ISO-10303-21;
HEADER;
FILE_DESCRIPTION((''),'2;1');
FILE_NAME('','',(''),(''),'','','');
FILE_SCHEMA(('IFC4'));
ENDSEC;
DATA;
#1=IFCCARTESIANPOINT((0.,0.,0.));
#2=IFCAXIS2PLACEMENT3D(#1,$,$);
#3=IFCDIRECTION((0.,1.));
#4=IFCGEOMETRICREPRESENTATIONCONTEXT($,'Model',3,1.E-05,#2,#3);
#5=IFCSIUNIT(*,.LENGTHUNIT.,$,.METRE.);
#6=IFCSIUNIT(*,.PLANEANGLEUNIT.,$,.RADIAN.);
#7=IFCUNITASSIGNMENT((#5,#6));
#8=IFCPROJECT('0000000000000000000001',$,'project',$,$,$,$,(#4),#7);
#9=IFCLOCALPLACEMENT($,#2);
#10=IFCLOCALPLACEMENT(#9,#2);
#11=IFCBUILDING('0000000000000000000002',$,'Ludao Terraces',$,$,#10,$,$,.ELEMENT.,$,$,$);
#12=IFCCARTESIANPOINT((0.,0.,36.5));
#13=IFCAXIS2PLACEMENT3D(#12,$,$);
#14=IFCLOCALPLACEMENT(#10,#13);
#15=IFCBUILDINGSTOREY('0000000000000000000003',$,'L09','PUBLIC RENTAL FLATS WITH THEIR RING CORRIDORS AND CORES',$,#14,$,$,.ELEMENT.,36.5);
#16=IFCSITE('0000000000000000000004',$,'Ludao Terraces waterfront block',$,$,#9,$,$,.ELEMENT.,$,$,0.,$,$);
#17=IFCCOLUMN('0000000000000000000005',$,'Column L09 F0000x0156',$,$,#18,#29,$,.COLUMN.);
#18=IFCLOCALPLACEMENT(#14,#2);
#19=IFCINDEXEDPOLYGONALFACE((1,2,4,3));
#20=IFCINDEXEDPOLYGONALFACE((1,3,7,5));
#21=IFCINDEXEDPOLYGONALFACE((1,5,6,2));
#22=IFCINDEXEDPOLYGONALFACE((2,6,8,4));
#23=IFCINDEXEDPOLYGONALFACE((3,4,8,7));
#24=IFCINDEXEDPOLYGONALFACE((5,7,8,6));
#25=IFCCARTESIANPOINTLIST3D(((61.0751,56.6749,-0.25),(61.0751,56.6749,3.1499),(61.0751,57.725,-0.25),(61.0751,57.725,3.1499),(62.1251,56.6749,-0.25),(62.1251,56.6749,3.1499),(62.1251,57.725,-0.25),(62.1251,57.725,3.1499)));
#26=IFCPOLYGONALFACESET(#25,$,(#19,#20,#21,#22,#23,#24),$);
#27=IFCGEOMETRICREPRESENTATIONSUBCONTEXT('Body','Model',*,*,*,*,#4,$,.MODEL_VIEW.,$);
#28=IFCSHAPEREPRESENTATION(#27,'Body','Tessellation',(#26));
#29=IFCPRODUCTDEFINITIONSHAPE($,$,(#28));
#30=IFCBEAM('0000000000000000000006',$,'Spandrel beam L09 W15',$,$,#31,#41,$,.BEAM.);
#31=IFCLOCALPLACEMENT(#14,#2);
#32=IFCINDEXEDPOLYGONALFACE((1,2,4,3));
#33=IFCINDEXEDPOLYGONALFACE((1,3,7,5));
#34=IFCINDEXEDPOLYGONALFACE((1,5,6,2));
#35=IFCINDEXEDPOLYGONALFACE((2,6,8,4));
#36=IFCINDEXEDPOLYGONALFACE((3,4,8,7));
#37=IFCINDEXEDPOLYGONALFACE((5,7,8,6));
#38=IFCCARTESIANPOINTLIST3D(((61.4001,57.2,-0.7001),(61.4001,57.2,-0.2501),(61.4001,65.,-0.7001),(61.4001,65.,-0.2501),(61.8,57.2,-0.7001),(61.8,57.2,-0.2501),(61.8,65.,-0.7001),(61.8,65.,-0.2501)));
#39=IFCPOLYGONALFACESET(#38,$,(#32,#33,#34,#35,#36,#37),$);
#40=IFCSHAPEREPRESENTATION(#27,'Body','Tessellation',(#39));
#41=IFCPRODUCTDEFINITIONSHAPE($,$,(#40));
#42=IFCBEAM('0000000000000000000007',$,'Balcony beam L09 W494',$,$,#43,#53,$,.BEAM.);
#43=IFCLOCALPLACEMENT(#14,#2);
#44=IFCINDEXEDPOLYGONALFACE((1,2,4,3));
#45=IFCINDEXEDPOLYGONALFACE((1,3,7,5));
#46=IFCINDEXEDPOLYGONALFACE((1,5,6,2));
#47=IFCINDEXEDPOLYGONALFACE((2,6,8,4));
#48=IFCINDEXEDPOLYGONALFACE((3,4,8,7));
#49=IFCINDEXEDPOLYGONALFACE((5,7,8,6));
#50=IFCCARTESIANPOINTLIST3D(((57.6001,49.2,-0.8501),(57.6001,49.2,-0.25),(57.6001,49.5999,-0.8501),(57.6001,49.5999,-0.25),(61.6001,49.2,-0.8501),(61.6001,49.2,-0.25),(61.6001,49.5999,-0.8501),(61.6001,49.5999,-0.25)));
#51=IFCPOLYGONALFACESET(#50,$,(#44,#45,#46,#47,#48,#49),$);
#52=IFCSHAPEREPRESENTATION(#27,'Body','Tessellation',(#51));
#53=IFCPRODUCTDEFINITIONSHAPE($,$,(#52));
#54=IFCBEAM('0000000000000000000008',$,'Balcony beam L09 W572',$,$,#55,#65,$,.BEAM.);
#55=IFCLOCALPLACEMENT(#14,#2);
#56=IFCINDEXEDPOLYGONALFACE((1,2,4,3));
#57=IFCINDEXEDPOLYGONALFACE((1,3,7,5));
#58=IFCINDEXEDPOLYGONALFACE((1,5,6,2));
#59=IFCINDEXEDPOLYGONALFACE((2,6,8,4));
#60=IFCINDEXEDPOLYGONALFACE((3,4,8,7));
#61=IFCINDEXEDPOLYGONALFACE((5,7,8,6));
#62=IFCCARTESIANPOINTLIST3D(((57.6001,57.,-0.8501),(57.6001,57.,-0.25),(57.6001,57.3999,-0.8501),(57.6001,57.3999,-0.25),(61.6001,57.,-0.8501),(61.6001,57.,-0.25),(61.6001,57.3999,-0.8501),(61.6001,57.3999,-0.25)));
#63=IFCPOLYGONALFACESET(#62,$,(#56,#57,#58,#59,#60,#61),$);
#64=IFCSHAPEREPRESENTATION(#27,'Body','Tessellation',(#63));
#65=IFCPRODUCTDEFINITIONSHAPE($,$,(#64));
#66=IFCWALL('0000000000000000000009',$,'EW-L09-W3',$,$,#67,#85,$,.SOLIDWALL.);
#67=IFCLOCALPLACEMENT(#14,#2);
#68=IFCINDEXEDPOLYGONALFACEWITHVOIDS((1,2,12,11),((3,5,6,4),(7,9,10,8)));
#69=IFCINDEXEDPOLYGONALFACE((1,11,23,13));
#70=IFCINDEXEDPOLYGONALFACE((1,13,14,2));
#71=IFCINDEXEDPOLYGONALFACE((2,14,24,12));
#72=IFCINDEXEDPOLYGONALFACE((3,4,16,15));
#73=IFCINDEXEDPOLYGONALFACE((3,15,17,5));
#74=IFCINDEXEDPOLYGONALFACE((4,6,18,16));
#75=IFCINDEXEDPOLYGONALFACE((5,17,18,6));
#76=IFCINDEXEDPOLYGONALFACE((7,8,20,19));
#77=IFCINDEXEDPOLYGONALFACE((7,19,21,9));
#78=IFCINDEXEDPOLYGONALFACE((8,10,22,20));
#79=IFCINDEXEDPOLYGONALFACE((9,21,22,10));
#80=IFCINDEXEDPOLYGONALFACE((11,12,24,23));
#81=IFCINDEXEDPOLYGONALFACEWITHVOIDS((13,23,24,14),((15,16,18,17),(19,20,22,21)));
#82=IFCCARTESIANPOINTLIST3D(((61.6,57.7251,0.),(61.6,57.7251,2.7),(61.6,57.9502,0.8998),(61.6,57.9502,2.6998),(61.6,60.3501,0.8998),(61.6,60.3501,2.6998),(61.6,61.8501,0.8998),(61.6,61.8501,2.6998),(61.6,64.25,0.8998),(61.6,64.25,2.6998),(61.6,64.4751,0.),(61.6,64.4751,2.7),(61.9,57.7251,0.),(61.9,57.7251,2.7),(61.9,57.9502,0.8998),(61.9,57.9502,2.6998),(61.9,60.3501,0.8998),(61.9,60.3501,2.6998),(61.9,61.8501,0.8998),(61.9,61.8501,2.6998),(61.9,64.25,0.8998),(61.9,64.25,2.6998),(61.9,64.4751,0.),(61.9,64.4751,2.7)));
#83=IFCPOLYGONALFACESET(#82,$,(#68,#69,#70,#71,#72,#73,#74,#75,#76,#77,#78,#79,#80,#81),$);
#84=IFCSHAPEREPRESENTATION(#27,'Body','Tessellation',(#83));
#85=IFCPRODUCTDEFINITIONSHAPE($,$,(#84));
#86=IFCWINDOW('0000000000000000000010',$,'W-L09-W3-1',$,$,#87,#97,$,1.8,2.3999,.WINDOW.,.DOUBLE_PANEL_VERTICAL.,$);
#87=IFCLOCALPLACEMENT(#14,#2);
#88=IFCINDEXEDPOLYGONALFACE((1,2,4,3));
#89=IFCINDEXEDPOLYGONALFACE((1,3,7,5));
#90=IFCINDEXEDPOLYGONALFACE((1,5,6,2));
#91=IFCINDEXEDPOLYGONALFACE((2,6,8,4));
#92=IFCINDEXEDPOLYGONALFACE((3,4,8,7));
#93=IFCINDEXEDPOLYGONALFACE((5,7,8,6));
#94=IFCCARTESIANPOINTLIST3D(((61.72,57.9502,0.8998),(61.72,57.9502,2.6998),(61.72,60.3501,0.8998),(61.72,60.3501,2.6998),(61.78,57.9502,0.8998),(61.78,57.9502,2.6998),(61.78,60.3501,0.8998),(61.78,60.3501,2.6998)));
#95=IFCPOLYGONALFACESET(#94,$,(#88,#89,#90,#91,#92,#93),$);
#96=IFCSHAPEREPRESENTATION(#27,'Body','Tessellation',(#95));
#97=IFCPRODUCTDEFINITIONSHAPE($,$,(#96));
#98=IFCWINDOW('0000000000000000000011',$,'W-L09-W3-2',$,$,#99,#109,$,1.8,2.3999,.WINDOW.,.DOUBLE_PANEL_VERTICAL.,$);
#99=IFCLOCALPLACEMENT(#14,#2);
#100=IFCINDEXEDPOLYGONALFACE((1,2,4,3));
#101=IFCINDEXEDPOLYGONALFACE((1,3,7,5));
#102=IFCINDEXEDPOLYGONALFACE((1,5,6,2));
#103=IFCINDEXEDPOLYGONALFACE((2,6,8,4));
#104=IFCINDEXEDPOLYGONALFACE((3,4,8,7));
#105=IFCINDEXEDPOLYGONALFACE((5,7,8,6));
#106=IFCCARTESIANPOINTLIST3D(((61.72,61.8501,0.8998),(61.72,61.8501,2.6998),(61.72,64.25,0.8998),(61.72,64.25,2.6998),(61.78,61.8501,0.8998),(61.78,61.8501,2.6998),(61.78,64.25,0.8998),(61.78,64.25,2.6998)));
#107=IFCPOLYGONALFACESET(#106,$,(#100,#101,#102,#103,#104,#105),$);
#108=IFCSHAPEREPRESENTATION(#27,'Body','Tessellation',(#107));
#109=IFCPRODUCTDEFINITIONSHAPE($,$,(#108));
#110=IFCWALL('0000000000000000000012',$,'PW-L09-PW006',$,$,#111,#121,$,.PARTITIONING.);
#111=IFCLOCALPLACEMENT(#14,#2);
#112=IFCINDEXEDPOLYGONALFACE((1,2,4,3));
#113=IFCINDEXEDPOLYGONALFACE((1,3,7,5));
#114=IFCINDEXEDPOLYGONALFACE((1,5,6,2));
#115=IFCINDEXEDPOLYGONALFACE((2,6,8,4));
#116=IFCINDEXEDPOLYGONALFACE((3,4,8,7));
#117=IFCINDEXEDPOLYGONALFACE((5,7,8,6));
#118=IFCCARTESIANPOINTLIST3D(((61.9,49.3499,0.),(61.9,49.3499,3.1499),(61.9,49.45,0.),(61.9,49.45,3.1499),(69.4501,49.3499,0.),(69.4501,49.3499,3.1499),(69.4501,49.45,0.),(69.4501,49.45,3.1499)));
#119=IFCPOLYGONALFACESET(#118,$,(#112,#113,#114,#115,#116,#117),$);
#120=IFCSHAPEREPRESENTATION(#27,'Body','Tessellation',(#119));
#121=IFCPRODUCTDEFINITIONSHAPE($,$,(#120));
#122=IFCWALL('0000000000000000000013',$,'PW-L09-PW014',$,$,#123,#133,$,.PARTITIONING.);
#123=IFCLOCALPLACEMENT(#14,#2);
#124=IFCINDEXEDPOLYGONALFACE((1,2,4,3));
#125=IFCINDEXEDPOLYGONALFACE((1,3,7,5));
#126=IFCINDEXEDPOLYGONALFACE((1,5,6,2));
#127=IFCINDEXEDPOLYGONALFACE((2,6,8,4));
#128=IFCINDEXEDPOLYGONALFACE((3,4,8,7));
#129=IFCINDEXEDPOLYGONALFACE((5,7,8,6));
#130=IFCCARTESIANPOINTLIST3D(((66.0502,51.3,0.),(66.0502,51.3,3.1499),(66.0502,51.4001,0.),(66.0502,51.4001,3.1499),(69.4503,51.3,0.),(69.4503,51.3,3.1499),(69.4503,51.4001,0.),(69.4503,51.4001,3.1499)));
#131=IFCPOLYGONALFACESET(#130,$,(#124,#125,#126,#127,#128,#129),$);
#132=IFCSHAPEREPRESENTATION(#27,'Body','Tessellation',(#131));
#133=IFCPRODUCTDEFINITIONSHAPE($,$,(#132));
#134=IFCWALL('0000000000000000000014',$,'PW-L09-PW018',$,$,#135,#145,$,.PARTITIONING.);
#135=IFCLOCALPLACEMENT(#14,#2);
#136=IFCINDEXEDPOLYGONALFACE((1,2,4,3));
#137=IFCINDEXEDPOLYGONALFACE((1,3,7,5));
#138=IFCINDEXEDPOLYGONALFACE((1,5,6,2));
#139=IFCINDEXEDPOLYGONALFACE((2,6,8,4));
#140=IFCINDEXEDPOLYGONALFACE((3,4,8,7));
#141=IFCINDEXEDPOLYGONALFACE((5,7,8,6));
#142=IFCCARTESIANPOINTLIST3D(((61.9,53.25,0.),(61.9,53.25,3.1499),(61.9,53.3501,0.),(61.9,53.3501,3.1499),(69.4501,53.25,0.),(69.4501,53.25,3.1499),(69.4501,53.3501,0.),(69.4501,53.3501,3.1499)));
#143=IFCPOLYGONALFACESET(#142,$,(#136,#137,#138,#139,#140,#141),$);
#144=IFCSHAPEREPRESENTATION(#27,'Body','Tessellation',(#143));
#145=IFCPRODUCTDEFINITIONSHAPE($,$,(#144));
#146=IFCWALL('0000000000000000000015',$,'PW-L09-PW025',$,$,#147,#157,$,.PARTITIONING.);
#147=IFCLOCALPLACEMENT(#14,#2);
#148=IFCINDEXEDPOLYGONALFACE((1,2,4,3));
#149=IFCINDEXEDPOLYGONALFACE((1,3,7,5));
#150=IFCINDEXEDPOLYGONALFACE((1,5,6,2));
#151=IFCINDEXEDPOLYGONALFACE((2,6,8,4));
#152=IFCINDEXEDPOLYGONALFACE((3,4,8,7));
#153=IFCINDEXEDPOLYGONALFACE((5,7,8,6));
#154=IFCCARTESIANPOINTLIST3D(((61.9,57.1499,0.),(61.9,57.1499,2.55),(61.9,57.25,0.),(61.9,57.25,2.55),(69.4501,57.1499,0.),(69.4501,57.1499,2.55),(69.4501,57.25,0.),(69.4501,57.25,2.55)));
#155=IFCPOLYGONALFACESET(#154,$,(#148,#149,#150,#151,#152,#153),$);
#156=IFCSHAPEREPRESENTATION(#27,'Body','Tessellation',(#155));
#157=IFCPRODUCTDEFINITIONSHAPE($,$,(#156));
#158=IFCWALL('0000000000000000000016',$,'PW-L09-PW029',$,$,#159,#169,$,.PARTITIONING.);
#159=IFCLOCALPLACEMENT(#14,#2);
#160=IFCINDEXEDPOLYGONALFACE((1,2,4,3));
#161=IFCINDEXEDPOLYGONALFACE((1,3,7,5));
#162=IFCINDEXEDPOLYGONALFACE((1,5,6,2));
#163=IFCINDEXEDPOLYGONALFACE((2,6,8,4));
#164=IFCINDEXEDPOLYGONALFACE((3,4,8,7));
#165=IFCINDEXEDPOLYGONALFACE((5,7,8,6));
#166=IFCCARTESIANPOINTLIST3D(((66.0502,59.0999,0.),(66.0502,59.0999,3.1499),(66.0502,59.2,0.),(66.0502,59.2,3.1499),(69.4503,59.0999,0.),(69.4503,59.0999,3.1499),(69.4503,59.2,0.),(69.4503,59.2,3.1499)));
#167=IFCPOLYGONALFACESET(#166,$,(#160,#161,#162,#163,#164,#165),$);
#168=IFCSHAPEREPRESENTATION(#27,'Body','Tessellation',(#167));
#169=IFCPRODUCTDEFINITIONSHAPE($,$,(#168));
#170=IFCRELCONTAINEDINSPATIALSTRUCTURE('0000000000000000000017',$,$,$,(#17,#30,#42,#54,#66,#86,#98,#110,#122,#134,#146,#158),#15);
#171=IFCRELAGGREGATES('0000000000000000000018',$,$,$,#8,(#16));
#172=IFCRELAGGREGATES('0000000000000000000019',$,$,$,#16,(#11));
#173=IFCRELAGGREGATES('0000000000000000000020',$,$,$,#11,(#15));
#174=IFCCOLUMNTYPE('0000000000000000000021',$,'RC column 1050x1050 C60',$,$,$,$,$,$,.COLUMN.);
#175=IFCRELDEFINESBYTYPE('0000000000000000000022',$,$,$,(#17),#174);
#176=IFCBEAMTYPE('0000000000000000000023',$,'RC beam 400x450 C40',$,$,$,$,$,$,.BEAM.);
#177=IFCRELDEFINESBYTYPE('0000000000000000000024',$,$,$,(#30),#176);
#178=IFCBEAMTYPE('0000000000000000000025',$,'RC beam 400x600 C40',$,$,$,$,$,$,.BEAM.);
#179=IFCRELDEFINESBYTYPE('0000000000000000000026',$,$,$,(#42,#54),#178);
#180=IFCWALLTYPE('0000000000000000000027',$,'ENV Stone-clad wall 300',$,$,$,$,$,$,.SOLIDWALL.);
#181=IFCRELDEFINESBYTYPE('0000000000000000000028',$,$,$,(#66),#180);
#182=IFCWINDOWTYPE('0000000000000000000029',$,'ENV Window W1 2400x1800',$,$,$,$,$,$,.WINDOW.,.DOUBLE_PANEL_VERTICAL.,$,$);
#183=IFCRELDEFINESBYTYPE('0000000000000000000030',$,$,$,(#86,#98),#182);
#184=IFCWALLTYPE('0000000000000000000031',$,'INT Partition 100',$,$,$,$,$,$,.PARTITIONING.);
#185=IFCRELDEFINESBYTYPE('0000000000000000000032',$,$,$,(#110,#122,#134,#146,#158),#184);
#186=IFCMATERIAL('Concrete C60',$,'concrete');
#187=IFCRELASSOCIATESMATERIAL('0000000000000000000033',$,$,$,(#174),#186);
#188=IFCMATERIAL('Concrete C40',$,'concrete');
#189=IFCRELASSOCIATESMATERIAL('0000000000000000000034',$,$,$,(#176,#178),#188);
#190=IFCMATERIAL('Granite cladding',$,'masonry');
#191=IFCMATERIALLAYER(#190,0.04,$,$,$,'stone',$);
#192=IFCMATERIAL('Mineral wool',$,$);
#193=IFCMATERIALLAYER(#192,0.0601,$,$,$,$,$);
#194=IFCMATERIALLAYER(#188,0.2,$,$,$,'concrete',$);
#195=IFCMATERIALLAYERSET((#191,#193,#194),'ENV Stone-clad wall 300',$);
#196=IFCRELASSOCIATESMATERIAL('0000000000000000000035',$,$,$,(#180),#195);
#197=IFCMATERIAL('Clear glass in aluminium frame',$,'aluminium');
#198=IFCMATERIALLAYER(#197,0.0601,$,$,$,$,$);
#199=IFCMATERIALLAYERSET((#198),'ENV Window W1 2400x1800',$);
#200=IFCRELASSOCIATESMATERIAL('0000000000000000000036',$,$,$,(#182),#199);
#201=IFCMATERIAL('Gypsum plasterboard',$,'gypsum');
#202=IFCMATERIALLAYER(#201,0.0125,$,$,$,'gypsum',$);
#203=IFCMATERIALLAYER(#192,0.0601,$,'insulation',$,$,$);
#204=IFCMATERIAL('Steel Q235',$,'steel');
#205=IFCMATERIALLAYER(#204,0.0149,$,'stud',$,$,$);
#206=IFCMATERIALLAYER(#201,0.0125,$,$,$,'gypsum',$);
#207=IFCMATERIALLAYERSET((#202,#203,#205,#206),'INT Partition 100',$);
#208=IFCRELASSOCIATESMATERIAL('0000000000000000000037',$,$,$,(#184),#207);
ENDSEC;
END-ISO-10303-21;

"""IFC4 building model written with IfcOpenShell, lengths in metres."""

from ifc_helpers import new_model, si_unit, direction, frame, frame_2d, origin, origin_2d, place, context, subcontext, project, spatial, rectangle, extrude, material, layer, layer_set, material_profile, profile_set, type_object, element, fill, save


model = new_model("IFC4")

# Units and contexts
model_context = context("Model", 3, precision=1e-05, world=origin(), true_north=direction((0.0, 1.0)))
body_context = subcontext(model_context, "Body", "Model", "MODEL_VIEW")
ifc_project = project(units=[si_unit("LENGTHUNIT", "METRE"), si_unit("PLANEANGLEUNIT", "RADIAN")], contexts=[model_context])

# Site, building, storey
site_placement = place(None, origin())
site = spatial("IfcSite", under=ifc_project, at=site_placement, Name="Ludao Terraces waterfront block", CompositionType="ELEMENT", RefElevation=0.0)
building_placement = place(site_placement, origin())
building = spatial("IfcBuilding", under=site, at=building_placement, Name="Ludao Terraces", CompositionType="ELEMENT")
storey_placement = place(building_placement, frame((0.0, 0.0, 36.5)))
storey = spatial("IfcBuildingStorey", under=building, at=storey_placement, Name="L09", Description="PUBLIC RENTAL FLATS WITH THEIR RING CORRIDORS AND CORES", CompositionType="ELEMENT", Elevation=36.5)

# Column
ifc_material_1 = material(Name="Concrete C60", Category="concrete")
ifc_material_profile_1 = material_profile(ifc_material_1, rectangle(XDim=1.05, YDim=1.05, at=origin_2d()), Name="1050 X 1050")
ifc_profile_set_1 = profile_set([ifc_material_profile_1], Name="Concrete C60")
column_type = type_object("IfcColumnType", Name="RC column 1050x1050 C60", PredefinedType="COLUMN", material=ifc_profile_set_1)
column_placement = place(storey_placement, frame((61.6001, 57.2, -0.25), z_axis=(0.0, 0.0, 1.0), x_axis=(1.0, 0.0, 0.0)))
element("IfcColumn", 1, at=column_placement, inside=storey, type_object=column_type, Name="Column L09 F0000x0156", PredefinedType="COLUMN", context=body_context, shape_type="SweptSolid", body=[
    extrude(rectangle(XDim=1.05, YDim=1.05, at=origin_2d()), origin(), (0.0, 0.0, 1.0), 3.3999),
])

# Beams
ifc_material_2 = material(Name="Concrete C40", Category="concrete")
ifc_material_profile_2 = material_profile(ifc_material_2, rectangle(XDim=0.3999, YDim=0.45, at=origin_2d()), Name="400 X 450")
ifc_profile_set_2 = profile_set([ifc_material_profile_2], Name="Concrete C40")
beam_type_1 = type_object("IfcBeamType", Name="RC beam 400x450 C40", PredefinedType="BEAM", material=ifc_profile_set_2)
beam_placement = place(storey_placement, frame((61.6001, 57.2, -0.4751), z_axis=(0.0, 1.0, 0.0), x_axis=(-1.0, 0.0, 0.0)))
element("IfcBeam", 2, at=beam_placement, inside=storey, type_object=beam_type_1, Name="Spandrel beam L09 W15", PredefinedType="BEAM", context=body_context, shape_type="SweptSolid", body=[
    extrude(rectangle(XDim=0.3999, YDim=0.45, at=origin_2d()), origin(), (0.0, 0.0, 1.0), 7.8),
])
ifc_material_profile_3 = material_profile(ifc_material_2, rectangle(XDim=0.3999, YDim=0.6001, at=origin_2d()), Name="400 X 600")
ifc_profile_set_3 = profile_set([ifc_material_profile_3], Name="Concrete C40")
beam_type_2 = type_object("IfcBeamType", Name="RC beam 400x600 C40", PredefinedType="BEAM", material=ifc_profile_set_3)
for number, where, z_axis, x_axis, name in (
    (3, (61.6001, 49.3999, -0.55), (-1.0, 0.0, 0.0), (0.0, -1.0, 0.0), "Balcony beam L09 W494"),
    (4, (61.6001, 57.2, -0.55), (-1.0, 0.0, 0.0), (0.0, -1.0, 0.0), "Balcony beam L09 W572"),
):
    element("IfcBeam", number, at=place(storey_placement, frame(where, z_axis=z_axis, x_axis=x_axis)), inside=storey, type_object=beam_type_2, Name=name, PredefinedType="BEAM", context=body_context, shape_type="SweptSolid", body=[
        extrude(rectangle(XDim=0.3999, YDim=0.6001, at=origin_2d()), origin(), (0.0, 0.0, 1.0), 4.0),
    ])

# Shared definitions
ifc_material_3 = material(Name="Granite cladding", Category="masonry")
ifc_layer_1 = layer(ifc_material_3, 0.04, Category="stone")
ifc_material_4 = material(Name="Mineral wool")
ifc_layer_2 = layer(ifc_material_4, 0.0601)
ifc_layer_3 = layer(ifc_material_2, 0.2, Category="concrete")
ifc_layer_set_1 = layer_set([ifc_layer_1, ifc_layer_2, ifc_layer_3], Name="ENV Stone-clad wall 300")
wall_type_1 = type_object("IfcWallType", Name="ENV Stone-clad wall 300", PredefinedType="SOLIDWALL", material=ifc_layer_set_1)
ifc_material_5 = material(Name="Clear glass in aluminium frame", Category="aluminium")
ifc_layer_4 = layer(ifc_material_5, 0.0601)
ifc_layer_set_2 = layer_set([ifc_layer_4], Name="ENV Window W1 2400x1800")
window_type = type_object("IfcWindowType", Name="ENV Window W1 2400x1800", PartitioningType="DOUBLE_PANEL_VERTICAL", PredefinedType="WINDOW", material=ifc_layer_set_2)

# Wall, openings, windows
wall_1_placement = place(storey_placement, frame((61.75, 57.7251, 0.0), z_axis=(0.0, 0.0, 1.0), x_axis=(0.0, 1.0, 0.0)))
wall_1 = element("IfcWall", 5, at=wall_1_placement, inside=storey, type_object=wall_type_1, Name="EW-L09-W3", PredefinedType="SOLIDWALL", context=body_context, shape_type="SweptSolid", body=[
    extrude(rectangle(XDim=6.75, YDim=0.3, at=frame_2d((3.375, 0.0))), origin(), (0.0, 0.0, 1.0), 2.7),
])
opening_1_placement = place(wall_1_placement, frame((0.2251, 0.0, 0.8999)))
opening_1 = element("IfcOpeningElement", 6, at=opening_1_placement, cuts=wall_1, PredefinedType="OPENING", context=body_context, shape_type="SweptSolid", body=[
    extrude(rectangle(XDim=2.3999, YDim=1.8, at=frame_2d((1.2, 0.8999))), frame((0.0, 0.1602, 0.0), z_axis=(0.0, -1.0, 0.0), x_axis=(1.0, 0.0, 0.0)), (0.0, 0.0, 1.0), 0.3201),
])
opening_2_placement = place(wall_1_placement, frame((4.125, 0.0, 0.8999)))
opening_2 = element("IfcOpeningElement", 7, at=opening_2_placement, cuts=wall_1, PredefinedType="OPENING", context=body_context, shape_type="SweptSolid", body=[
    extrude(rectangle(XDim=2.3999, YDim=1.8, at=frame_2d((1.2, 0.8999))), frame((0.0, 0.1602, 0.0), z_axis=(0.0, -1.0, 0.0), x_axis=(1.0, 0.0, 0.0)), (0.0, 0.0, 1.0), 0.3201),
])
window_1_placement = place(opening_1_placement, origin())
window_1 = element("IfcWindow", 8, at=window_1_placement, inside=storey, type_object=window_type, Name="W-L09-W3-1", OverallHeight=1.8, OverallWidth=2.3999, PartitioningType="DOUBLE_PANEL_VERTICAL", PredefinedType="WINDOW", context=body_context, shape_type="SweptSolid", body=[
    extrude(rectangle(XDim=2.3999, YDim=1.8, at=frame_2d((1.2, 0.8999))), frame((0.0, 0.03, 0.0), z_axis=(0.0, -1.0, 0.0), x_axis=(1.0, 0.0, 0.0)), (0.0, 0.0, 1.0), 0.0601),
])
fill(opening_1, window_1)
window_2_placement = place(opening_2_placement, origin())
window_2 = element("IfcWindow", 9, at=window_2_placement, inside=storey, type_object=window_type, Name="W-L09-W3-2", OverallHeight=1.8, OverallWidth=2.3999, PartitioningType="DOUBLE_PANEL_VERTICAL", PredefinedType="WINDOW", context=body_context, shape_type="SweptSolid", body=[
    extrude(rectangle(XDim=2.3999, YDim=1.8, at=frame_2d((1.2, 0.8999))), frame((0.0, 0.03, 0.0), z_axis=(0.0, -1.0, 0.0), x_axis=(1.0, 0.0, 0.0)), (0.0, 0.0, 1.0), 0.0601),
])
fill(opening_2, window_2)

# Walls
ifc_material_6 = material(Name="Gypsum plasterboard", Category="gypsum")
ifc_layer_5 = layer(ifc_material_6, 0.0125, Category="gypsum")
ifc_layer_6 = layer(ifc_material_4, 0.0601, Name="insulation")
ifc_material_7 = material(Name="Steel Q235", Category="steel")
ifc_layer_7 = layer(ifc_material_7, 0.0149, Name="stud")
ifc_layer_8 = layer(ifc_material_6, 0.0125, Category="gypsum")
ifc_layer_set_3 = layer_set([ifc_layer_5, ifc_layer_6, ifc_layer_7, ifc_layer_8], Name="INT Partition 100")
wall_type_2 = type_object("IfcWallType", Name="INT Partition 100", PredefinedType="PARTITIONING", material=ifc_layer_set_3)
wall_2_placement = place(storey_placement, frame((61.9001, 49.3999, 0.0), z_axis=(0.0, 0.0, 1.0), x_axis=(1.0, 0.0, 0.0)))
element("IfcWall", 10, at=wall_2_placement, inside=storey, type_object=wall_type_2, Name="PW-L09-PW006", PredefinedType="PARTITIONING", context=body_context, shape_type="SweptSolid", body=[
    extrude(rectangle(XDim=7.55, YDim=0.1001, at=frame_2d((3.7749, 0.0))), origin(), (0.0, 0.0, 1.0), 3.1499),
])
wall_3_placement = place(storey_placement, frame((66.05, 51.3501, 0.0), z_axis=(0.0, 0.0, 1.0), x_axis=(1.0, 0.0, 0.0)))
element("IfcWall", 11, at=wall_3_placement, inside=storey, type_object=wall_type_2, Name="PW-L09-PW014", PredefinedType="PARTITIONING", context=body_context, shape_type="SweptSolid", body=[
    extrude(rectangle(XDim=3.4001, YDim=0.1001, at=frame_2d((1.7002, 0.0))), origin(), (0.0, 0.0, 1.0), 3.1499),
])
wall_4_placement = place(storey_placement, frame((61.9001, 53.3, 0.0), z_axis=(0.0, 0.0, 1.0), x_axis=(1.0, 0.0, 0.0)))
element("IfcWall", 12, at=wall_4_placement, inside=storey, type_object=wall_type_2, Name="PW-L09-PW018", PredefinedType="PARTITIONING", context=body_context, shape_type="SweptSolid", body=[
    extrude(rectangle(XDim=7.55, YDim=0.1001, at=frame_2d((3.7749, 0.0))), origin(), (0.0, 0.0, 1.0), 3.1499),
])
wall_5_placement = place(storey_placement, frame((61.9001, 57.2, 0.0), z_axis=(0.0, 0.0, 1.0), x_axis=(1.0, 0.0, 0.0)))
element("IfcWall", 13, at=wall_5_placement, inside=storey, type_object=wall_type_2, Name="PW-L09-PW025", PredefinedType="PARTITIONING", context=body_context, shape_type="SweptSolid", body=[
    extrude(rectangle(XDim=7.55, YDim=0.1001, at=frame_2d((3.7749, 0.0))), origin(), (0.0, 0.0, 1.0), 2.55),
])
for number, where, z_axis, x_axis, name in (
    (14, (66.05, 59.1499, 0.0), (0.0, 0.0, 1.0), (1.0, 0.0, 0.0), "PW-L09-PW029"),
):
    element("IfcWall", number, at=place(storey_placement, frame(where, z_axis=z_axis, x_axis=x_axis)), inside=storey, type_object=wall_type_2, Name=name, PredefinedType="PARTITIONING", context=body_context, shape_type="SweptSolid", body=[
        extrude(rectangle(XDim=3.4001, YDim=0.1001, at=frame_2d((1.7002, 0.0))), origin(), (0.0, 0.0, 1.0), 3.1499),
    ])

save(model, "model.ifc")
